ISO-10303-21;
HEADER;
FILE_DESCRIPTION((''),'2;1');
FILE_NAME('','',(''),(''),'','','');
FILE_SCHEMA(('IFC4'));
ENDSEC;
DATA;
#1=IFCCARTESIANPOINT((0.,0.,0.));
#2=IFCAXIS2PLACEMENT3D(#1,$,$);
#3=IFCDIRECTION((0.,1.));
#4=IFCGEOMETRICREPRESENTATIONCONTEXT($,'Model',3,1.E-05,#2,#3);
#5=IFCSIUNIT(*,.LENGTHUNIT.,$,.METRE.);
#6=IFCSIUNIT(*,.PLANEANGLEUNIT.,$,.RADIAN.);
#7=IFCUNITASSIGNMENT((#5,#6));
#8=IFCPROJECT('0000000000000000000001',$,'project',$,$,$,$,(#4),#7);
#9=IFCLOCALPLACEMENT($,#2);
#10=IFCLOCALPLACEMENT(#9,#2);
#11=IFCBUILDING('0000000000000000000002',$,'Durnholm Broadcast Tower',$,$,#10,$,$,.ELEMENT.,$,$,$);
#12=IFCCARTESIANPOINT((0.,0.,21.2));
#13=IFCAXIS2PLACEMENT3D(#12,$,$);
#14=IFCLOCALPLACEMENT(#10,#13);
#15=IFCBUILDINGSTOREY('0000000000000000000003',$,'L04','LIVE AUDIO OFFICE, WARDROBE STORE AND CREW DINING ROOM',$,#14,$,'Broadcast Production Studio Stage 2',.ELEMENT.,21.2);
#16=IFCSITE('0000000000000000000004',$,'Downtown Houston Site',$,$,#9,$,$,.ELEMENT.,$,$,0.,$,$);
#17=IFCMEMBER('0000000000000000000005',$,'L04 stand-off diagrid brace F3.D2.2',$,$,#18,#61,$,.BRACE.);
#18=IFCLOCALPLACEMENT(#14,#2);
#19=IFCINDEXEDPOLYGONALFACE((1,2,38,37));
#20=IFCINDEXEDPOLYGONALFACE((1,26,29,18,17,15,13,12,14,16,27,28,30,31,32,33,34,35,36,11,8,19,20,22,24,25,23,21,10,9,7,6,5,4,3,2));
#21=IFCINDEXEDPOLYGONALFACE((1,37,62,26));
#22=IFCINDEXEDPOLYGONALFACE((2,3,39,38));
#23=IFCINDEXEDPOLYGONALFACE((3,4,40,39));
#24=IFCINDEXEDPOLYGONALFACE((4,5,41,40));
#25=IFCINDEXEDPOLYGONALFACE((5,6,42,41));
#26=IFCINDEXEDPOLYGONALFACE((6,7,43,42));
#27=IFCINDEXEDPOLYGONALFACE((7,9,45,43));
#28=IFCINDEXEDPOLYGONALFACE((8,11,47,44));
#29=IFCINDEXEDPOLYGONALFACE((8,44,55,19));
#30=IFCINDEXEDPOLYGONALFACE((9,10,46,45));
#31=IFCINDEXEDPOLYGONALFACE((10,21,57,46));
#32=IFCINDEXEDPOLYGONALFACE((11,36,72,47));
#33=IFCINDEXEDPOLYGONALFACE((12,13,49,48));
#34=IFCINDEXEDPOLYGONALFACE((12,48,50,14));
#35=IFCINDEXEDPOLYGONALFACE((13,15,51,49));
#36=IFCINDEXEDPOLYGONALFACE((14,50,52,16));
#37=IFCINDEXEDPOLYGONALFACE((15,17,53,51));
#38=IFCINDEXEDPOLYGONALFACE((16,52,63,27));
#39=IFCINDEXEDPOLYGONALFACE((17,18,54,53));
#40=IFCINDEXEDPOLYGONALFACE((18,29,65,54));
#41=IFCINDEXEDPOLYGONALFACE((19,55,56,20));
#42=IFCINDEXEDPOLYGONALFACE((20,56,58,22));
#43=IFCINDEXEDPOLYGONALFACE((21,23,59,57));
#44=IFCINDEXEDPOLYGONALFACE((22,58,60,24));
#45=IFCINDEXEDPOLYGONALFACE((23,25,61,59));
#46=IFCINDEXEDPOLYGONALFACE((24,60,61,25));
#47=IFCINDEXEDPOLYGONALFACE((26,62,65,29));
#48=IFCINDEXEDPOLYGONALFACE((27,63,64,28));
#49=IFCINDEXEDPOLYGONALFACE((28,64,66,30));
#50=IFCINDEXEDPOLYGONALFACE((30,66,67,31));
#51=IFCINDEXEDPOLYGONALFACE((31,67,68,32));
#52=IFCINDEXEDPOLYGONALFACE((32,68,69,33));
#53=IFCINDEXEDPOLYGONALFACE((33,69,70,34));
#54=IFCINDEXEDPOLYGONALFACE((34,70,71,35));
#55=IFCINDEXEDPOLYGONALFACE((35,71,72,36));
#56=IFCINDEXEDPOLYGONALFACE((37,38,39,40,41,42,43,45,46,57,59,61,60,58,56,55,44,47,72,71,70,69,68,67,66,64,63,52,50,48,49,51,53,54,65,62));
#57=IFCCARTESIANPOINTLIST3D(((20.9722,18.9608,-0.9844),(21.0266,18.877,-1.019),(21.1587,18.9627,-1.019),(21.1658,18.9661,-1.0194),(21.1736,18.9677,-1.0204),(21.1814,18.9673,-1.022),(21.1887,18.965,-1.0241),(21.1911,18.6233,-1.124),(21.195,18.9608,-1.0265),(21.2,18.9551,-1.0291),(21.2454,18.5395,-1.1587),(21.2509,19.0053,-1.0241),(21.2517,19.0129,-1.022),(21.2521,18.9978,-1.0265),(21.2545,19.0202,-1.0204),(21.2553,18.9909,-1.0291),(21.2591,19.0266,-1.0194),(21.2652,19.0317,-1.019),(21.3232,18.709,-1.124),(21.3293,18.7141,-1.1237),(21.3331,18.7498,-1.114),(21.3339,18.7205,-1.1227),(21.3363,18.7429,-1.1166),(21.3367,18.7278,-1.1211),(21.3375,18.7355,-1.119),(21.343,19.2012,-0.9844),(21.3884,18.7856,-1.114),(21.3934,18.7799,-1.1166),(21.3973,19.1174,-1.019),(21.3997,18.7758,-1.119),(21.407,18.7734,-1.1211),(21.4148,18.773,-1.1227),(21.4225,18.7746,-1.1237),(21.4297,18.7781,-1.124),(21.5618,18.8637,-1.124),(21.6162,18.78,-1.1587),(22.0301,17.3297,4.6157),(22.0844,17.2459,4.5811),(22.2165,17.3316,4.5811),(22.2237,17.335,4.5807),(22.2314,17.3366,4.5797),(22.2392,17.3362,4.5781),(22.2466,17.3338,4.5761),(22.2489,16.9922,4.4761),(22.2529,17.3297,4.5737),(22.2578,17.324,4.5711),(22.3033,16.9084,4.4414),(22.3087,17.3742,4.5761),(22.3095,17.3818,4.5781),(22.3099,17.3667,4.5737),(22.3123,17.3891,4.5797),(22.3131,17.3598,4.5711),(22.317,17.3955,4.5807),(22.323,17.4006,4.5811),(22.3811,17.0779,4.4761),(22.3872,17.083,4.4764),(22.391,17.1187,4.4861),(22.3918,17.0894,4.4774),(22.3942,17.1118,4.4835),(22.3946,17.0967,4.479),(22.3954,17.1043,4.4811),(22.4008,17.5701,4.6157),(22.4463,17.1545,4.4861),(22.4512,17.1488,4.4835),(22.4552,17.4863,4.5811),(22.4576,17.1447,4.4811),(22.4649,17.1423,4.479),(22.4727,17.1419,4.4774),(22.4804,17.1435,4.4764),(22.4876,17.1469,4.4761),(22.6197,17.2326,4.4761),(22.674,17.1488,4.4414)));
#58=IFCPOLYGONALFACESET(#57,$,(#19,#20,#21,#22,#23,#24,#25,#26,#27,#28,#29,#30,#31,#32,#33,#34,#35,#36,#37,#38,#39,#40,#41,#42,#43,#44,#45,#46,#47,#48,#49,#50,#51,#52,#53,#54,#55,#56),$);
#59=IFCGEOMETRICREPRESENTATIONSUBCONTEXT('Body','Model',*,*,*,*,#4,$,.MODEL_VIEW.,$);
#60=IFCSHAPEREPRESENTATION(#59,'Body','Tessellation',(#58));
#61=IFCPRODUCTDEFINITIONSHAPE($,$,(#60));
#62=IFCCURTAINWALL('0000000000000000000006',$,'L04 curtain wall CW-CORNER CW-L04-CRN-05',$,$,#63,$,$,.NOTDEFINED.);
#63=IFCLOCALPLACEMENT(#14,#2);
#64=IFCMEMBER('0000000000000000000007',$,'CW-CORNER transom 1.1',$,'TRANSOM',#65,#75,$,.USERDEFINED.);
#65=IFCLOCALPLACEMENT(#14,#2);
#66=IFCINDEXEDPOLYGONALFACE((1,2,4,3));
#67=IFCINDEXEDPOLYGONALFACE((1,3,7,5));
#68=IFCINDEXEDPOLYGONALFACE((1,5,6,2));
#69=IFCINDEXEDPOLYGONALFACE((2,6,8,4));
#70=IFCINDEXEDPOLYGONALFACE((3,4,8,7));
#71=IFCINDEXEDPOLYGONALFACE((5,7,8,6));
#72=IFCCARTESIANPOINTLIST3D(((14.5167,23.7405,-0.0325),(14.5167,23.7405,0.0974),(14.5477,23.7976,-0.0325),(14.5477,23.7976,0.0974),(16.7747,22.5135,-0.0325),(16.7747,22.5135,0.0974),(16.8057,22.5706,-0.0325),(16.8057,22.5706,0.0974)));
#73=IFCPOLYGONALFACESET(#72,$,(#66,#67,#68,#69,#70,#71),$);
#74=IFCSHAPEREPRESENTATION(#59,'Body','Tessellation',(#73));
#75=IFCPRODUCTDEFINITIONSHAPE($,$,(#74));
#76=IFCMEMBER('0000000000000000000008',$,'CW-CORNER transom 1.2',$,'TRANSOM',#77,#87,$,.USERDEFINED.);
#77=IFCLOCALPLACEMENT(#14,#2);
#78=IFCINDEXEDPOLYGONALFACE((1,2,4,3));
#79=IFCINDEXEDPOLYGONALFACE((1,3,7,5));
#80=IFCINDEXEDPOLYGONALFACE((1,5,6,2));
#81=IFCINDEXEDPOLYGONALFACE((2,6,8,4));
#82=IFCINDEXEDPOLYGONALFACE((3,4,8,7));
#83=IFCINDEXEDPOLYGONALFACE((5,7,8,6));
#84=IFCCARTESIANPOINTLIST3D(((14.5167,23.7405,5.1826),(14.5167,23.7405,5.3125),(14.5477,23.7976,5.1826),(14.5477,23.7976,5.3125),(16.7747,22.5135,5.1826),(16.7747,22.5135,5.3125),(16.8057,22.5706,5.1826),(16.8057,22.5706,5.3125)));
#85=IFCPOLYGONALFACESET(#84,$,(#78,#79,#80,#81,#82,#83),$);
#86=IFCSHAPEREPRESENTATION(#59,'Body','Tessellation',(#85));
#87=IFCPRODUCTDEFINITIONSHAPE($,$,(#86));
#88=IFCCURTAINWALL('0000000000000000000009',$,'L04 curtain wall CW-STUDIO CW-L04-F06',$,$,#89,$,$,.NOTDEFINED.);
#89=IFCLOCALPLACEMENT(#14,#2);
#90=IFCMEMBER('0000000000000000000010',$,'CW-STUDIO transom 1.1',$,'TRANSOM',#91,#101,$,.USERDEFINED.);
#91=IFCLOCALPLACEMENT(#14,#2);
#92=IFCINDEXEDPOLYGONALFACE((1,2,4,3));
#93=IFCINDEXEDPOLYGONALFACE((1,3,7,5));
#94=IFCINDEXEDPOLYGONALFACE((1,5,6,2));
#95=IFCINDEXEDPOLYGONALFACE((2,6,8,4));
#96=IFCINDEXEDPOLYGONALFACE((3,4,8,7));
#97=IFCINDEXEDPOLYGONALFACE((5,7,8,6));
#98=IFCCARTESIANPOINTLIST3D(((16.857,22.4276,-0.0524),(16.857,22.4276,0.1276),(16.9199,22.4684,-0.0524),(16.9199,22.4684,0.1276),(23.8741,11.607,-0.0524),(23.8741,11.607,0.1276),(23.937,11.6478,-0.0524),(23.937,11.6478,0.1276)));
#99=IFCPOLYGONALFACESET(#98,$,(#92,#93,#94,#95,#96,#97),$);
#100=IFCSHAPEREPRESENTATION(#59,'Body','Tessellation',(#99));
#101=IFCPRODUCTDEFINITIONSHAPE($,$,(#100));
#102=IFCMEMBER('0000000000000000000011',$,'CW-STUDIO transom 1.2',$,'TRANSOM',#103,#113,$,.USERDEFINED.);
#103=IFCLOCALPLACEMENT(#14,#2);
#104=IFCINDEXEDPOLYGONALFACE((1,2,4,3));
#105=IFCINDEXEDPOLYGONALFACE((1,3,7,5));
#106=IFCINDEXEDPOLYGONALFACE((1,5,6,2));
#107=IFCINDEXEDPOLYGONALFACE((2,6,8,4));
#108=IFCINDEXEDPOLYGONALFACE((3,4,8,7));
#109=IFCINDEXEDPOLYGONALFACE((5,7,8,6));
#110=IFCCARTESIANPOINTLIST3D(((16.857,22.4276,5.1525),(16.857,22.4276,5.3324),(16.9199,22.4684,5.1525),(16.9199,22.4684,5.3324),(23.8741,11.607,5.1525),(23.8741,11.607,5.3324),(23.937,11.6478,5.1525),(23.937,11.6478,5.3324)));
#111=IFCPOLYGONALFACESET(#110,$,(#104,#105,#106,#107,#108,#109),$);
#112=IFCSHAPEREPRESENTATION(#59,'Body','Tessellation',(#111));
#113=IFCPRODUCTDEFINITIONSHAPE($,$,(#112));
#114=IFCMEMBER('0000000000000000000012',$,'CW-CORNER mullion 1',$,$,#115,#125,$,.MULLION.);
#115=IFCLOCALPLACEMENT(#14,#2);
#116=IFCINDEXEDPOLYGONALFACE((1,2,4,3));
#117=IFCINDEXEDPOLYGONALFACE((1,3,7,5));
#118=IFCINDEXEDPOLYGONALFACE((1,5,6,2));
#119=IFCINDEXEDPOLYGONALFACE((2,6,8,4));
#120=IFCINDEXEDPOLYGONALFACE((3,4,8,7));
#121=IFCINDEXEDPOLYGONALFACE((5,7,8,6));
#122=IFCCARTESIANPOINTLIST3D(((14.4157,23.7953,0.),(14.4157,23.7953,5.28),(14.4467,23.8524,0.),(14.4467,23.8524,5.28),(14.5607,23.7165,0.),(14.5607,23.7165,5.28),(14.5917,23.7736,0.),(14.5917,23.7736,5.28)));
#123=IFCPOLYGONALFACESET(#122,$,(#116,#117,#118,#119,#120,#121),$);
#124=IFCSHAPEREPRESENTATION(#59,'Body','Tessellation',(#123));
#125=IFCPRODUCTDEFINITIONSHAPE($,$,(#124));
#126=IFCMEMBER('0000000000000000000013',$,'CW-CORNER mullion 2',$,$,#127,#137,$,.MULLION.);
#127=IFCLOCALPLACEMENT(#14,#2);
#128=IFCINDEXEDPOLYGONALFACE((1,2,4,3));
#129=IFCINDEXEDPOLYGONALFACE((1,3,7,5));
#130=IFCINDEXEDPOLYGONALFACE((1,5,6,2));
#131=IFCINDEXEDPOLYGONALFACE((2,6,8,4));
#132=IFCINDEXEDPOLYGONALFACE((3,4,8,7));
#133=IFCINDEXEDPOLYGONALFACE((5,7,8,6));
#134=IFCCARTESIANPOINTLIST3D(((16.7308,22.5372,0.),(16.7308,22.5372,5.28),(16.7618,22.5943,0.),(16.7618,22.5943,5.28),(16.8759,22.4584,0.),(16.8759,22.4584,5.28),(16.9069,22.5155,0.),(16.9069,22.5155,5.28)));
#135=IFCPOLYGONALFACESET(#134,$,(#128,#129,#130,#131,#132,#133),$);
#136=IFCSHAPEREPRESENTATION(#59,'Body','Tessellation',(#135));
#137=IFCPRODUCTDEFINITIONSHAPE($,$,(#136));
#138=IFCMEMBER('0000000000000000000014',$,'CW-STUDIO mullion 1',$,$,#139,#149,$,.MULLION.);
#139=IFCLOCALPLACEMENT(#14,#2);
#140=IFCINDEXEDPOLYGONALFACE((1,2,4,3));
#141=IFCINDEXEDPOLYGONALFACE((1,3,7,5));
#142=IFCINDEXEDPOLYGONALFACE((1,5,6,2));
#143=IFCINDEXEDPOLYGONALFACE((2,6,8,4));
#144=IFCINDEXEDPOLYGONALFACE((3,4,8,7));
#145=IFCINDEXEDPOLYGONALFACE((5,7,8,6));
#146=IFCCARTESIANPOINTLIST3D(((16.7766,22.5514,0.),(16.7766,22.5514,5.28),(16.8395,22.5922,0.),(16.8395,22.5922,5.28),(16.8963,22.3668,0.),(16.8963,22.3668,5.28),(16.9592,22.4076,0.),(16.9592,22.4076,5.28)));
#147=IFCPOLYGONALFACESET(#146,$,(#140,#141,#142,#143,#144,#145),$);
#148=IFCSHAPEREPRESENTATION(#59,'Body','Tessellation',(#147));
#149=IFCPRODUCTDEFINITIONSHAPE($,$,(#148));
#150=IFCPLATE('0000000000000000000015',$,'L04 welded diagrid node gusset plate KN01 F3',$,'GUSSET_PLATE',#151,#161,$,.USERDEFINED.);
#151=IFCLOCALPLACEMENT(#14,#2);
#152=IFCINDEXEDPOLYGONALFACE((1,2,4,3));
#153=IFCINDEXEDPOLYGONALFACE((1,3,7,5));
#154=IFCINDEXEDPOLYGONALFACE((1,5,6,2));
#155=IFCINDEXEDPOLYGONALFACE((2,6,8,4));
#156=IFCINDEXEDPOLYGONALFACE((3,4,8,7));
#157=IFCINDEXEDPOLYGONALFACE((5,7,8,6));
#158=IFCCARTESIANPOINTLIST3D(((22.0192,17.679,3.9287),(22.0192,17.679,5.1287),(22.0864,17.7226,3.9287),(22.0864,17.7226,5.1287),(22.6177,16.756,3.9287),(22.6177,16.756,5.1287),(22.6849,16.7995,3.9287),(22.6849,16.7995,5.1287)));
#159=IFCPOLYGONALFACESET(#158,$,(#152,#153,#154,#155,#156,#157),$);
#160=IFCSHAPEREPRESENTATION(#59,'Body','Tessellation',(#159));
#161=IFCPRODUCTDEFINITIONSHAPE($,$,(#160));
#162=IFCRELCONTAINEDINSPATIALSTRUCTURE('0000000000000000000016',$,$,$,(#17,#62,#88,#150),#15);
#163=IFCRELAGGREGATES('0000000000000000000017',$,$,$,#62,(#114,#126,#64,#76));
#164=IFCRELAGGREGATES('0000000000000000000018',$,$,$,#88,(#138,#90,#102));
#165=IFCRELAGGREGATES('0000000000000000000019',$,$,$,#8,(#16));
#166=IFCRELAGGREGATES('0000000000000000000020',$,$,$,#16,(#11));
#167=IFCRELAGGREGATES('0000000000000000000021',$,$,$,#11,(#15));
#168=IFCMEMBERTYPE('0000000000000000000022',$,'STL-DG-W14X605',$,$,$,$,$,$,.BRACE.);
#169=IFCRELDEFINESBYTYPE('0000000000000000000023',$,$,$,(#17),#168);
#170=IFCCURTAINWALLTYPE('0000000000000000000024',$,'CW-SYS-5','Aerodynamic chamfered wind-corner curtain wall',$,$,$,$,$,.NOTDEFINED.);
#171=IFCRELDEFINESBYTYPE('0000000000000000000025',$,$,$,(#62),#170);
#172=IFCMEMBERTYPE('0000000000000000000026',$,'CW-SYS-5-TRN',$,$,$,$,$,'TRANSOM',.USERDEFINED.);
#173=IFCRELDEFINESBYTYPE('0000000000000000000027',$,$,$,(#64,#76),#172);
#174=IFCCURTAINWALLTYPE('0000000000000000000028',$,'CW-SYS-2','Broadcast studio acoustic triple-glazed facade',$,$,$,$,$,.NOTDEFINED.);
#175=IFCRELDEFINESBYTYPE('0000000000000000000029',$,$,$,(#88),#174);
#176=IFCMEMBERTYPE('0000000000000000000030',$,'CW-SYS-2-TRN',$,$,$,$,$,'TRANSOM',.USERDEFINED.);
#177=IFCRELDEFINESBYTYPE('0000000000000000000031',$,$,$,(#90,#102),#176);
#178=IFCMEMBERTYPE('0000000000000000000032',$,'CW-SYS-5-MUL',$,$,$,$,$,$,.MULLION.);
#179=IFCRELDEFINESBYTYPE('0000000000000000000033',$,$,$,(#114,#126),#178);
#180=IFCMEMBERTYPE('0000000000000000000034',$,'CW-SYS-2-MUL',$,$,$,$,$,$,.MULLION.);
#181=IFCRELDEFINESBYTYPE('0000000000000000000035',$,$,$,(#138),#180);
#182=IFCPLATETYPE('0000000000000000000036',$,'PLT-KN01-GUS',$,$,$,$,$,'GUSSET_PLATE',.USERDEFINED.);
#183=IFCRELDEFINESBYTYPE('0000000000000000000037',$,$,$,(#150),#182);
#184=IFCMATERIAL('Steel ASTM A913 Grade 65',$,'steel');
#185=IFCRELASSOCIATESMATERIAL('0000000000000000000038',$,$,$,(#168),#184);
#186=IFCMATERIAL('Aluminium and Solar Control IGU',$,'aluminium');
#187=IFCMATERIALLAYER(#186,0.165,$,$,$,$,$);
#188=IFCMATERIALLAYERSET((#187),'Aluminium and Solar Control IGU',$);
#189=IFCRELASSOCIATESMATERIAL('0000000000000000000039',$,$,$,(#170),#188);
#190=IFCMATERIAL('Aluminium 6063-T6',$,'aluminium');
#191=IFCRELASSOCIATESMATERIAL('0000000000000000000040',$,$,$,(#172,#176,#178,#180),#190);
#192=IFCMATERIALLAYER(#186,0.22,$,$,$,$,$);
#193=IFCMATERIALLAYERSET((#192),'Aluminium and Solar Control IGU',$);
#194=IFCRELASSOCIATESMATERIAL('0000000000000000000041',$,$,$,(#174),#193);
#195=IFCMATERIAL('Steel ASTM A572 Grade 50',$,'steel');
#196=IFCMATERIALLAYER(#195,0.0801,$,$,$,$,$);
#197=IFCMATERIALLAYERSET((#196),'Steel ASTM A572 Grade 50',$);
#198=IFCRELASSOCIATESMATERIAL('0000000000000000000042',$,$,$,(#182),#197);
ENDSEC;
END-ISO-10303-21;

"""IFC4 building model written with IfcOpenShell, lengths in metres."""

from ifc_helpers import new_model, si_unit, direction, frame, origin, origin_2d, place, context, subcontext, project, spatial, rectangle, i_section, extrude, source, transform, mapped, material, layer, layer_set, material_profile, profile_set, type_object, type_shapes, element, aggregate, save


model = new_model("IFC4")

# Units and contexts
model_context = context("Model", 3, precision=1e-05, world=origin(), true_north=direction((0.0, 1.0)))
body_context = subcontext(model_context, "Body", "Model", "MODEL_VIEW")
ifc_project = project(units=[si_unit("LENGTHUNIT", "METRE"), si_unit("PLANEANGLEUNIT", "RADIAN")], contexts=[model_context])

# Site, building, storey
site_placement = place(None, origin())
site = spatial("IfcSite", under=ifc_project, at=site_placement, Name="Downtown Houston Site", CompositionType="ELEMENT", RefElevation=0.0)
building_placement = place(site_placement, origin())
building = spatial("IfcBuilding", under=site, at=building_placement, Name="Durnholm Broadcast Tower", CompositionType="ELEMENT")
storey_placement = place(building_placement, frame((0.0, 0.0, 21.2)))
storey = spatial("IfcBuildingStorey", under=building, at=storey_placement, Name="L04", Description="LIVE AUDIO OFFICE, WARDROBE STORE AND CREW DINING ROOM", LongName="Broadcast Production Studio Stage 2", CompositionType="ELEMENT", Elevation=21.2)

# Shared definitions
ifc_material_1 = material(Name="Steel ASTM A913 Grade 65", Category="steel")

# Member
ifc_material_profile_1 = material_profile(ifc_material_1, i_section(OverallWidth=0.4419, OverallDepth=0.5315, WebThickness=0.0659, FlangeThickness=0.1057, FilletRadius=0.0305, at=origin_2d()), Name="W14X605")
ifc_profile_set_1 = profile_set([ifc_material_profile_1], Name="Steel ASTM A913 Grade 65")
member_type_1 = type_object("IfcMemberType", Name="STL-DG-W14X605", PredefinedType="BRACE", material=ifc_profile_set_1)
shared_shape_1 = source(origin(), body_context, "Body", "SweptSolid", [
    extrude(i_section(OverallWidth=0.4419, OverallDepth=0.5315, WebThickness=0.0659, FlangeThickness=0.1057, FilletRadius=0.0305, at=origin_2d()), origin(), (0.0, 0.0, 1.0), 5.928),
])
type_shapes(member_type_1, [shared_shape_1])
for number, where, z_axis, x_axis, name in (
    (1, (21.2942, 18.8704, -1.0715), (0.178453, -0.275154, 0.944693), (0.838997, 0.544136, 0.0), "L04 stand-off diagrid brace F3.D2.2"),
):
    element("IfcMember", number, at=place(storey_placement, frame(where, z_axis=z_axis, x_axis=x_axis)), inside=storey, type_object=member_type_1, Name=name, PredefinedType="BRACE", context=body_context, shape_type="MappedRepresentation", body=[
        mapped(shared_shape_1, transform((0.0, 0.0, 0.0), x_axis=(1.0, 0.0, 0.0), y_axis=(0.0, 1.0, 0.0), z_axis=(0.0, 0.0, 1.0), scale=1.0)),
    ])

# Curtain walls, members
ifc_material_2 = material(Name="Aluminium and Solar Control IGU", Category="aluminium")
ifc_layer_1 = layer(ifc_material_2, 0.165)
ifc_layer_set_1 = layer_set([ifc_layer_1], Name="Aluminium and Solar Control IGU")
curtain_wall_type_1 = type_object("IfcCurtainWallType", Name="CW-SYS-5", Description="Aerodynamic chamfered wind-corner curtain wall", PredefinedType="NOTDEFINED", material=ifc_layer_set_1)
curtain_wall_1_placement = place(storey_placement, origin())
curtain_wall_1 = element("IfcCurtainWall", 2, at=curtain_wall_1_placement, inside=storey, type_object=curtain_wall_type_1, Name="L04 curtain wall CW-CORNER CW-L04-CRN-05", PredefinedType="NOTDEFINED")
ifc_material_3 = material(Name="Aluminium 6063-T6", Category="aluminium")
ifc_material_profile_2 = material_profile(ifc_material_3, rectangle(XDim=0.0649, YDim=0.1299, at=origin_2d()), Name="CWT65X130")
ifc_profile_set_2 = profile_set([ifc_material_profile_2], Name="Aluminium 6063-T6")
member_type_2 = type_object("IfcMemberType", Name="CW-SYS-5-TRN", ElementType="TRANSOM", PredefinedType="USERDEFINED", material=ifc_profile_set_2)
shared_shape_2 = source(origin(), body_context, "Body", "SweptSolid", [
    extrude(rectangle(XDim=0.0649, YDim=0.1299, at=origin_2d()), origin(), (0.0, 0.0, 1.0), 2.5698),
])
type_shapes(member_type_2, [shared_shape_2])
member_1_placement = place(storey_placement, frame((14.5322, 23.769, 0.0325), z_axis=(0.87865, -0.477467, 0.0), x_axis=(0.477467, 0.87865, 0.0)))
member_1 = element("IfcMember", 3, at=member_1_placement, type_object=member_type_2, Name="CW-CORNER transom 1.1", ObjectType="TRANSOM", PredefinedType="USERDEFINED", context=body_context, shape_type="MappedRepresentation", body=[
    mapped(shared_shape_2, transform((0.0, 0.0, 0.0), x_axis=(1.0, 0.0, 0.0), y_axis=(0.0, 1.0, 0.0), z_axis=(0.0, 0.0, 1.0), scale=1.0)),
])
member_2_placement = place(storey_placement, frame((14.5322, 23.769, 5.2476), z_axis=(0.87865, -0.477467, 0.0), x_axis=(0.477467, 0.87865, 0.0)))
member_2 = element("IfcMember", 4, at=member_2_placement, type_object=member_type_2, Name="CW-CORNER transom 1.2", ObjectType="TRANSOM", PredefinedType="USERDEFINED", context=body_context, shape_type="MappedRepresentation", body=[
    mapped(shared_shape_2, transform((0.0, 0.0, 0.0), x_axis=(1.0, 0.0, 0.0), y_axis=(0.0, 1.0, 0.0), z_axis=(0.0, 0.0, 1.0), scale=1.0)),
])
ifc_layer_2 = layer(ifc_material_2, 0.22)
ifc_layer_set_2 = layer_set([ifc_layer_2], Name="Aluminium and Solar Control IGU")
curtain_wall_type_2 = type_object("IfcCurtainWallType", Name="CW-SYS-2", Description="Broadcast studio acoustic triple-glazed facade", PredefinedType="NOTDEFINED", material=ifc_layer_set_2)
curtain_wall_2_placement = place(storey_placement, origin())
curtain_wall_2 = element("IfcCurtainWall", 5, at=curtain_wall_2_placement, inside=storey, type_object=curtain_wall_type_2, Name="L04 curtain wall CW-STUDIO CW-L04-F06", PredefinedType="NOTDEFINED")
ifc_material_profile_3 = material_profile(ifc_material_3, rectangle(XDim=0.075, YDim=0.1799, at=origin_2d()), Name="CWT75X180")
ifc_profile_set_3 = profile_set([ifc_material_profile_3], Name="Aluminium 6063-T6")
member_type_3 = type_object("IfcMemberType", Name="CW-SYS-2-TRN", ElementType="TRANSOM", PredefinedType="USERDEFINED", material=ifc_profile_set_3)
shared_shape_3 = source(origin(), body_context, "Body", "SweptSolid", [
    extrude(rectangle(XDim=0.075, YDim=0.1799, at=origin_2d()), origin(), (0.0, 0.0, 1.0), 12.8967),
])
type_shapes(member_type_3, [shared_shape_3])
member_3_placement = place(storey_placement, frame((16.8884, 22.448, 0.0376), z_axis=(0.544101, -0.83902, 0.0), x_axis=(0.83902, 0.544101, 0.0)))
member_3 = element("IfcMember", 6, at=member_3_placement, type_object=member_type_3, Name="CW-STUDIO transom 1.1", ObjectType="TRANSOM", PredefinedType="USERDEFINED", context=body_context, shape_type="MappedRepresentation", body=[
    mapped(shared_shape_3, transform((0.0, 0.0, 0.0), x_axis=(1.0, 0.0, 0.0), y_axis=(0.0, 1.0, 0.0), z_axis=(0.0, 0.0, 1.0), scale=1.0)),
])
member_4_placement = place(storey_placement, frame((16.8884, 22.448, 5.2424), z_axis=(0.544101, -0.83902, 0.0), x_axis=(0.83902, 0.544101, 0.0)))
member_4 = element("IfcMember", 7, at=member_4_placement, type_object=member_type_3, Name="CW-STUDIO transom 1.2", ObjectType="TRANSOM", PredefinedType="USERDEFINED", context=body_context, shape_type="MappedRepresentation", body=[
    mapped(shared_shape_3, transform((0.0, 0.0, 0.0), x_axis=(1.0, 0.0, 0.0), y_axis=(0.0, 1.0, 0.0), z_axis=(0.0, 0.0, 1.0), scale=1.0)),
])

# Members
ifc_material_profile_4 = material_profile(ifc_material_3, rectangle(XDim=0.0649, YDim=0.165, at=origin_2d()), Name="CWM65X165")
ifc_profile_set_4 = profile_set([ifc_material_profile_4], Name="Aluminium 6063-T6")
member_type_4 = type_object("IfcMemberType", Name="CW-SYS-5-MUL", PredefinedType="MULLION", material=ifc_profile_set_4)
shared_shape_4 = source(origin(), body_context, "Body", "SweptSolid", [
    extrude(rectangle(XDim=0.0649, YDim=0.165, at=origin_2d()), origin(), (0.0, 0.0, 1.0), 5.28),
])
type_shapes(member_type_4, [shared_shape_4])
member_5_placement = place(storey_placement, frame((14.5037, 23.7844, 0.0), z_axis=(0.0, 0.0, 1.0), x_axis=(0.477442, 0.878663, 0.0)))
member_5 = element("IfcMember", 8, at=member_5_placement, type_object=member_type_4, Name="CW-CORNER mullion 1", PredefinedType="MULLION", context=body_context, shape_type="MappedRepresentation", body=[
    mapped(shared_shape_4, transform((0.0, 0.0, 0.0), x_axis=(1.0, 0.0, 0.0), y_axis=(0.0, 1.0, 0.0), z_axis=(0.0, 0.0, 1.0), scale=1.0)),
])
member_6_placement = place(storey_placement, frame((16.8188, 22.5264, 0.0), z_axis=(0.0, 0.0, 1.0), x_axis=(0.477442, 0.878663, 0.0)))
member_6 = element("IfcMember", 9, at=member_6_placement, type_object=member_type_4, Name="CW-CORNER mullion 2", PredefinedType="MULLION", context=body_context, shape_type="MappedRepresentation", body=[
    mapped(shared_shape_4, transform((0.0, 0.0, 0.0), x_axis=(1.0, 0.0, 0.0), y_axis=(0.0, 1.0, 0.0), z_axis=(0.0, 0.0, 1.0), scale=1.0)),
])
ifc_material_profile_5 = material_profile(ifc_material_3, rectangle(XDim=0.075, YDim=0.22, at=origin_2d()), Name="CWM75X220")
ifc_profile_set_5 = profile_set([ifc_material_profile_5], Name="Aluminium 6063-T6")
member_type_5 = type_object("IfcMemberType", Name="CW-SYS-2-MUL", PredefinedType="MULLION", material=ifc_profile_set_5)
shared_shape_5 = source(origin(), body_context, "Body", "SweptSolid", [
    extrude(rectangle(XDim=0.075, YDim=0.22, at=origin_2d()), origin(), (0.0, 0.0, 1.0), 5.28),
])
type_shapes(member_type_5, [shared_shape_5])
member_7_placement = place(storey_placement, frame((16.8679, 22.4795, 0.0), z_axis=(0.0, 0.0, 1.0), x_axis=(0.839009, 0.544117, 0.0)))
member_7 = element("IfcMember", 10, at=member_7_placement, type_object=member_type_5, Name="CW-STUDIO mullion 1", PredefinedType="MULLION", context=body_context, shape_type="MappedRepresentation", body=[
    mapped(shared_shape_5, transform((0.0, 0.0, 0.0), x_axis=(1.0, 0.0, 0.0), y_axis=(0.0, 1.0, 0.0), z_axis=(0.0, 0.0, 1.0), scale=1.0)),
])

# Plate
ifc_material_4 = material(Name="Steel ASTM A572 Grade 50", Category="steel")
ifc_layer_3 = layer(ifc_material_4, 0.0801)
ifc_layer_set_3 = layer_set([ifc_layer_3], Name="Steel ASTM A572 Grade 50")
plate_type_1 = type_object("IfcPlateType", Name="PLT-KN01-GUS", ElementType="GUSSET_PLATE", PredefinedType="USERDEFINED", material=ifc_layer_set_3)
shared_shape_6 = source(origin(), body_context, "Body", "SweptSolid", [
    extrude(rectangle(XDim=1.1001, YDim=0.0801, at=origin_2d()), origin(), (0.0, 0.0, 1.0), 1.2),
])
type_shapes(plate_type_1, [shared_shape_6])
plate_1_placement = place(storey_placement, frame((22.3521, 17.2393, 3.9287), z_axis=(0.0, 0.0, 1.0), x_axis=(-0.544053, 0.839051, 0.0)))
element("IfcPlate", 11, at=plate_1_placement, inside=storey, type_object=plate_type_1, Name="L04 welded diagrid node gusset plate KN01 F3", ObjectType="GUSSET_PLATE", PredefinedType="USERDEFINED", context=body_context, shape_type="MappedRepresentation", body=[
    mapped(shared_shape_6, transform((0.0, 0.0, 0.0), x_axis=(1.0, 0.0, 0.0), y_axis=(0.0, 1.0, 0.0), z_axis=(0.0, 0.0, 1.0), scale=1.0)),
])
aggregate(curtain_wall_1, [member_5, member_6, member_1, member_2])
aggregate(curtain_wall_2, [member_7, member_3, member_4])

save(model, "model.ifc")
